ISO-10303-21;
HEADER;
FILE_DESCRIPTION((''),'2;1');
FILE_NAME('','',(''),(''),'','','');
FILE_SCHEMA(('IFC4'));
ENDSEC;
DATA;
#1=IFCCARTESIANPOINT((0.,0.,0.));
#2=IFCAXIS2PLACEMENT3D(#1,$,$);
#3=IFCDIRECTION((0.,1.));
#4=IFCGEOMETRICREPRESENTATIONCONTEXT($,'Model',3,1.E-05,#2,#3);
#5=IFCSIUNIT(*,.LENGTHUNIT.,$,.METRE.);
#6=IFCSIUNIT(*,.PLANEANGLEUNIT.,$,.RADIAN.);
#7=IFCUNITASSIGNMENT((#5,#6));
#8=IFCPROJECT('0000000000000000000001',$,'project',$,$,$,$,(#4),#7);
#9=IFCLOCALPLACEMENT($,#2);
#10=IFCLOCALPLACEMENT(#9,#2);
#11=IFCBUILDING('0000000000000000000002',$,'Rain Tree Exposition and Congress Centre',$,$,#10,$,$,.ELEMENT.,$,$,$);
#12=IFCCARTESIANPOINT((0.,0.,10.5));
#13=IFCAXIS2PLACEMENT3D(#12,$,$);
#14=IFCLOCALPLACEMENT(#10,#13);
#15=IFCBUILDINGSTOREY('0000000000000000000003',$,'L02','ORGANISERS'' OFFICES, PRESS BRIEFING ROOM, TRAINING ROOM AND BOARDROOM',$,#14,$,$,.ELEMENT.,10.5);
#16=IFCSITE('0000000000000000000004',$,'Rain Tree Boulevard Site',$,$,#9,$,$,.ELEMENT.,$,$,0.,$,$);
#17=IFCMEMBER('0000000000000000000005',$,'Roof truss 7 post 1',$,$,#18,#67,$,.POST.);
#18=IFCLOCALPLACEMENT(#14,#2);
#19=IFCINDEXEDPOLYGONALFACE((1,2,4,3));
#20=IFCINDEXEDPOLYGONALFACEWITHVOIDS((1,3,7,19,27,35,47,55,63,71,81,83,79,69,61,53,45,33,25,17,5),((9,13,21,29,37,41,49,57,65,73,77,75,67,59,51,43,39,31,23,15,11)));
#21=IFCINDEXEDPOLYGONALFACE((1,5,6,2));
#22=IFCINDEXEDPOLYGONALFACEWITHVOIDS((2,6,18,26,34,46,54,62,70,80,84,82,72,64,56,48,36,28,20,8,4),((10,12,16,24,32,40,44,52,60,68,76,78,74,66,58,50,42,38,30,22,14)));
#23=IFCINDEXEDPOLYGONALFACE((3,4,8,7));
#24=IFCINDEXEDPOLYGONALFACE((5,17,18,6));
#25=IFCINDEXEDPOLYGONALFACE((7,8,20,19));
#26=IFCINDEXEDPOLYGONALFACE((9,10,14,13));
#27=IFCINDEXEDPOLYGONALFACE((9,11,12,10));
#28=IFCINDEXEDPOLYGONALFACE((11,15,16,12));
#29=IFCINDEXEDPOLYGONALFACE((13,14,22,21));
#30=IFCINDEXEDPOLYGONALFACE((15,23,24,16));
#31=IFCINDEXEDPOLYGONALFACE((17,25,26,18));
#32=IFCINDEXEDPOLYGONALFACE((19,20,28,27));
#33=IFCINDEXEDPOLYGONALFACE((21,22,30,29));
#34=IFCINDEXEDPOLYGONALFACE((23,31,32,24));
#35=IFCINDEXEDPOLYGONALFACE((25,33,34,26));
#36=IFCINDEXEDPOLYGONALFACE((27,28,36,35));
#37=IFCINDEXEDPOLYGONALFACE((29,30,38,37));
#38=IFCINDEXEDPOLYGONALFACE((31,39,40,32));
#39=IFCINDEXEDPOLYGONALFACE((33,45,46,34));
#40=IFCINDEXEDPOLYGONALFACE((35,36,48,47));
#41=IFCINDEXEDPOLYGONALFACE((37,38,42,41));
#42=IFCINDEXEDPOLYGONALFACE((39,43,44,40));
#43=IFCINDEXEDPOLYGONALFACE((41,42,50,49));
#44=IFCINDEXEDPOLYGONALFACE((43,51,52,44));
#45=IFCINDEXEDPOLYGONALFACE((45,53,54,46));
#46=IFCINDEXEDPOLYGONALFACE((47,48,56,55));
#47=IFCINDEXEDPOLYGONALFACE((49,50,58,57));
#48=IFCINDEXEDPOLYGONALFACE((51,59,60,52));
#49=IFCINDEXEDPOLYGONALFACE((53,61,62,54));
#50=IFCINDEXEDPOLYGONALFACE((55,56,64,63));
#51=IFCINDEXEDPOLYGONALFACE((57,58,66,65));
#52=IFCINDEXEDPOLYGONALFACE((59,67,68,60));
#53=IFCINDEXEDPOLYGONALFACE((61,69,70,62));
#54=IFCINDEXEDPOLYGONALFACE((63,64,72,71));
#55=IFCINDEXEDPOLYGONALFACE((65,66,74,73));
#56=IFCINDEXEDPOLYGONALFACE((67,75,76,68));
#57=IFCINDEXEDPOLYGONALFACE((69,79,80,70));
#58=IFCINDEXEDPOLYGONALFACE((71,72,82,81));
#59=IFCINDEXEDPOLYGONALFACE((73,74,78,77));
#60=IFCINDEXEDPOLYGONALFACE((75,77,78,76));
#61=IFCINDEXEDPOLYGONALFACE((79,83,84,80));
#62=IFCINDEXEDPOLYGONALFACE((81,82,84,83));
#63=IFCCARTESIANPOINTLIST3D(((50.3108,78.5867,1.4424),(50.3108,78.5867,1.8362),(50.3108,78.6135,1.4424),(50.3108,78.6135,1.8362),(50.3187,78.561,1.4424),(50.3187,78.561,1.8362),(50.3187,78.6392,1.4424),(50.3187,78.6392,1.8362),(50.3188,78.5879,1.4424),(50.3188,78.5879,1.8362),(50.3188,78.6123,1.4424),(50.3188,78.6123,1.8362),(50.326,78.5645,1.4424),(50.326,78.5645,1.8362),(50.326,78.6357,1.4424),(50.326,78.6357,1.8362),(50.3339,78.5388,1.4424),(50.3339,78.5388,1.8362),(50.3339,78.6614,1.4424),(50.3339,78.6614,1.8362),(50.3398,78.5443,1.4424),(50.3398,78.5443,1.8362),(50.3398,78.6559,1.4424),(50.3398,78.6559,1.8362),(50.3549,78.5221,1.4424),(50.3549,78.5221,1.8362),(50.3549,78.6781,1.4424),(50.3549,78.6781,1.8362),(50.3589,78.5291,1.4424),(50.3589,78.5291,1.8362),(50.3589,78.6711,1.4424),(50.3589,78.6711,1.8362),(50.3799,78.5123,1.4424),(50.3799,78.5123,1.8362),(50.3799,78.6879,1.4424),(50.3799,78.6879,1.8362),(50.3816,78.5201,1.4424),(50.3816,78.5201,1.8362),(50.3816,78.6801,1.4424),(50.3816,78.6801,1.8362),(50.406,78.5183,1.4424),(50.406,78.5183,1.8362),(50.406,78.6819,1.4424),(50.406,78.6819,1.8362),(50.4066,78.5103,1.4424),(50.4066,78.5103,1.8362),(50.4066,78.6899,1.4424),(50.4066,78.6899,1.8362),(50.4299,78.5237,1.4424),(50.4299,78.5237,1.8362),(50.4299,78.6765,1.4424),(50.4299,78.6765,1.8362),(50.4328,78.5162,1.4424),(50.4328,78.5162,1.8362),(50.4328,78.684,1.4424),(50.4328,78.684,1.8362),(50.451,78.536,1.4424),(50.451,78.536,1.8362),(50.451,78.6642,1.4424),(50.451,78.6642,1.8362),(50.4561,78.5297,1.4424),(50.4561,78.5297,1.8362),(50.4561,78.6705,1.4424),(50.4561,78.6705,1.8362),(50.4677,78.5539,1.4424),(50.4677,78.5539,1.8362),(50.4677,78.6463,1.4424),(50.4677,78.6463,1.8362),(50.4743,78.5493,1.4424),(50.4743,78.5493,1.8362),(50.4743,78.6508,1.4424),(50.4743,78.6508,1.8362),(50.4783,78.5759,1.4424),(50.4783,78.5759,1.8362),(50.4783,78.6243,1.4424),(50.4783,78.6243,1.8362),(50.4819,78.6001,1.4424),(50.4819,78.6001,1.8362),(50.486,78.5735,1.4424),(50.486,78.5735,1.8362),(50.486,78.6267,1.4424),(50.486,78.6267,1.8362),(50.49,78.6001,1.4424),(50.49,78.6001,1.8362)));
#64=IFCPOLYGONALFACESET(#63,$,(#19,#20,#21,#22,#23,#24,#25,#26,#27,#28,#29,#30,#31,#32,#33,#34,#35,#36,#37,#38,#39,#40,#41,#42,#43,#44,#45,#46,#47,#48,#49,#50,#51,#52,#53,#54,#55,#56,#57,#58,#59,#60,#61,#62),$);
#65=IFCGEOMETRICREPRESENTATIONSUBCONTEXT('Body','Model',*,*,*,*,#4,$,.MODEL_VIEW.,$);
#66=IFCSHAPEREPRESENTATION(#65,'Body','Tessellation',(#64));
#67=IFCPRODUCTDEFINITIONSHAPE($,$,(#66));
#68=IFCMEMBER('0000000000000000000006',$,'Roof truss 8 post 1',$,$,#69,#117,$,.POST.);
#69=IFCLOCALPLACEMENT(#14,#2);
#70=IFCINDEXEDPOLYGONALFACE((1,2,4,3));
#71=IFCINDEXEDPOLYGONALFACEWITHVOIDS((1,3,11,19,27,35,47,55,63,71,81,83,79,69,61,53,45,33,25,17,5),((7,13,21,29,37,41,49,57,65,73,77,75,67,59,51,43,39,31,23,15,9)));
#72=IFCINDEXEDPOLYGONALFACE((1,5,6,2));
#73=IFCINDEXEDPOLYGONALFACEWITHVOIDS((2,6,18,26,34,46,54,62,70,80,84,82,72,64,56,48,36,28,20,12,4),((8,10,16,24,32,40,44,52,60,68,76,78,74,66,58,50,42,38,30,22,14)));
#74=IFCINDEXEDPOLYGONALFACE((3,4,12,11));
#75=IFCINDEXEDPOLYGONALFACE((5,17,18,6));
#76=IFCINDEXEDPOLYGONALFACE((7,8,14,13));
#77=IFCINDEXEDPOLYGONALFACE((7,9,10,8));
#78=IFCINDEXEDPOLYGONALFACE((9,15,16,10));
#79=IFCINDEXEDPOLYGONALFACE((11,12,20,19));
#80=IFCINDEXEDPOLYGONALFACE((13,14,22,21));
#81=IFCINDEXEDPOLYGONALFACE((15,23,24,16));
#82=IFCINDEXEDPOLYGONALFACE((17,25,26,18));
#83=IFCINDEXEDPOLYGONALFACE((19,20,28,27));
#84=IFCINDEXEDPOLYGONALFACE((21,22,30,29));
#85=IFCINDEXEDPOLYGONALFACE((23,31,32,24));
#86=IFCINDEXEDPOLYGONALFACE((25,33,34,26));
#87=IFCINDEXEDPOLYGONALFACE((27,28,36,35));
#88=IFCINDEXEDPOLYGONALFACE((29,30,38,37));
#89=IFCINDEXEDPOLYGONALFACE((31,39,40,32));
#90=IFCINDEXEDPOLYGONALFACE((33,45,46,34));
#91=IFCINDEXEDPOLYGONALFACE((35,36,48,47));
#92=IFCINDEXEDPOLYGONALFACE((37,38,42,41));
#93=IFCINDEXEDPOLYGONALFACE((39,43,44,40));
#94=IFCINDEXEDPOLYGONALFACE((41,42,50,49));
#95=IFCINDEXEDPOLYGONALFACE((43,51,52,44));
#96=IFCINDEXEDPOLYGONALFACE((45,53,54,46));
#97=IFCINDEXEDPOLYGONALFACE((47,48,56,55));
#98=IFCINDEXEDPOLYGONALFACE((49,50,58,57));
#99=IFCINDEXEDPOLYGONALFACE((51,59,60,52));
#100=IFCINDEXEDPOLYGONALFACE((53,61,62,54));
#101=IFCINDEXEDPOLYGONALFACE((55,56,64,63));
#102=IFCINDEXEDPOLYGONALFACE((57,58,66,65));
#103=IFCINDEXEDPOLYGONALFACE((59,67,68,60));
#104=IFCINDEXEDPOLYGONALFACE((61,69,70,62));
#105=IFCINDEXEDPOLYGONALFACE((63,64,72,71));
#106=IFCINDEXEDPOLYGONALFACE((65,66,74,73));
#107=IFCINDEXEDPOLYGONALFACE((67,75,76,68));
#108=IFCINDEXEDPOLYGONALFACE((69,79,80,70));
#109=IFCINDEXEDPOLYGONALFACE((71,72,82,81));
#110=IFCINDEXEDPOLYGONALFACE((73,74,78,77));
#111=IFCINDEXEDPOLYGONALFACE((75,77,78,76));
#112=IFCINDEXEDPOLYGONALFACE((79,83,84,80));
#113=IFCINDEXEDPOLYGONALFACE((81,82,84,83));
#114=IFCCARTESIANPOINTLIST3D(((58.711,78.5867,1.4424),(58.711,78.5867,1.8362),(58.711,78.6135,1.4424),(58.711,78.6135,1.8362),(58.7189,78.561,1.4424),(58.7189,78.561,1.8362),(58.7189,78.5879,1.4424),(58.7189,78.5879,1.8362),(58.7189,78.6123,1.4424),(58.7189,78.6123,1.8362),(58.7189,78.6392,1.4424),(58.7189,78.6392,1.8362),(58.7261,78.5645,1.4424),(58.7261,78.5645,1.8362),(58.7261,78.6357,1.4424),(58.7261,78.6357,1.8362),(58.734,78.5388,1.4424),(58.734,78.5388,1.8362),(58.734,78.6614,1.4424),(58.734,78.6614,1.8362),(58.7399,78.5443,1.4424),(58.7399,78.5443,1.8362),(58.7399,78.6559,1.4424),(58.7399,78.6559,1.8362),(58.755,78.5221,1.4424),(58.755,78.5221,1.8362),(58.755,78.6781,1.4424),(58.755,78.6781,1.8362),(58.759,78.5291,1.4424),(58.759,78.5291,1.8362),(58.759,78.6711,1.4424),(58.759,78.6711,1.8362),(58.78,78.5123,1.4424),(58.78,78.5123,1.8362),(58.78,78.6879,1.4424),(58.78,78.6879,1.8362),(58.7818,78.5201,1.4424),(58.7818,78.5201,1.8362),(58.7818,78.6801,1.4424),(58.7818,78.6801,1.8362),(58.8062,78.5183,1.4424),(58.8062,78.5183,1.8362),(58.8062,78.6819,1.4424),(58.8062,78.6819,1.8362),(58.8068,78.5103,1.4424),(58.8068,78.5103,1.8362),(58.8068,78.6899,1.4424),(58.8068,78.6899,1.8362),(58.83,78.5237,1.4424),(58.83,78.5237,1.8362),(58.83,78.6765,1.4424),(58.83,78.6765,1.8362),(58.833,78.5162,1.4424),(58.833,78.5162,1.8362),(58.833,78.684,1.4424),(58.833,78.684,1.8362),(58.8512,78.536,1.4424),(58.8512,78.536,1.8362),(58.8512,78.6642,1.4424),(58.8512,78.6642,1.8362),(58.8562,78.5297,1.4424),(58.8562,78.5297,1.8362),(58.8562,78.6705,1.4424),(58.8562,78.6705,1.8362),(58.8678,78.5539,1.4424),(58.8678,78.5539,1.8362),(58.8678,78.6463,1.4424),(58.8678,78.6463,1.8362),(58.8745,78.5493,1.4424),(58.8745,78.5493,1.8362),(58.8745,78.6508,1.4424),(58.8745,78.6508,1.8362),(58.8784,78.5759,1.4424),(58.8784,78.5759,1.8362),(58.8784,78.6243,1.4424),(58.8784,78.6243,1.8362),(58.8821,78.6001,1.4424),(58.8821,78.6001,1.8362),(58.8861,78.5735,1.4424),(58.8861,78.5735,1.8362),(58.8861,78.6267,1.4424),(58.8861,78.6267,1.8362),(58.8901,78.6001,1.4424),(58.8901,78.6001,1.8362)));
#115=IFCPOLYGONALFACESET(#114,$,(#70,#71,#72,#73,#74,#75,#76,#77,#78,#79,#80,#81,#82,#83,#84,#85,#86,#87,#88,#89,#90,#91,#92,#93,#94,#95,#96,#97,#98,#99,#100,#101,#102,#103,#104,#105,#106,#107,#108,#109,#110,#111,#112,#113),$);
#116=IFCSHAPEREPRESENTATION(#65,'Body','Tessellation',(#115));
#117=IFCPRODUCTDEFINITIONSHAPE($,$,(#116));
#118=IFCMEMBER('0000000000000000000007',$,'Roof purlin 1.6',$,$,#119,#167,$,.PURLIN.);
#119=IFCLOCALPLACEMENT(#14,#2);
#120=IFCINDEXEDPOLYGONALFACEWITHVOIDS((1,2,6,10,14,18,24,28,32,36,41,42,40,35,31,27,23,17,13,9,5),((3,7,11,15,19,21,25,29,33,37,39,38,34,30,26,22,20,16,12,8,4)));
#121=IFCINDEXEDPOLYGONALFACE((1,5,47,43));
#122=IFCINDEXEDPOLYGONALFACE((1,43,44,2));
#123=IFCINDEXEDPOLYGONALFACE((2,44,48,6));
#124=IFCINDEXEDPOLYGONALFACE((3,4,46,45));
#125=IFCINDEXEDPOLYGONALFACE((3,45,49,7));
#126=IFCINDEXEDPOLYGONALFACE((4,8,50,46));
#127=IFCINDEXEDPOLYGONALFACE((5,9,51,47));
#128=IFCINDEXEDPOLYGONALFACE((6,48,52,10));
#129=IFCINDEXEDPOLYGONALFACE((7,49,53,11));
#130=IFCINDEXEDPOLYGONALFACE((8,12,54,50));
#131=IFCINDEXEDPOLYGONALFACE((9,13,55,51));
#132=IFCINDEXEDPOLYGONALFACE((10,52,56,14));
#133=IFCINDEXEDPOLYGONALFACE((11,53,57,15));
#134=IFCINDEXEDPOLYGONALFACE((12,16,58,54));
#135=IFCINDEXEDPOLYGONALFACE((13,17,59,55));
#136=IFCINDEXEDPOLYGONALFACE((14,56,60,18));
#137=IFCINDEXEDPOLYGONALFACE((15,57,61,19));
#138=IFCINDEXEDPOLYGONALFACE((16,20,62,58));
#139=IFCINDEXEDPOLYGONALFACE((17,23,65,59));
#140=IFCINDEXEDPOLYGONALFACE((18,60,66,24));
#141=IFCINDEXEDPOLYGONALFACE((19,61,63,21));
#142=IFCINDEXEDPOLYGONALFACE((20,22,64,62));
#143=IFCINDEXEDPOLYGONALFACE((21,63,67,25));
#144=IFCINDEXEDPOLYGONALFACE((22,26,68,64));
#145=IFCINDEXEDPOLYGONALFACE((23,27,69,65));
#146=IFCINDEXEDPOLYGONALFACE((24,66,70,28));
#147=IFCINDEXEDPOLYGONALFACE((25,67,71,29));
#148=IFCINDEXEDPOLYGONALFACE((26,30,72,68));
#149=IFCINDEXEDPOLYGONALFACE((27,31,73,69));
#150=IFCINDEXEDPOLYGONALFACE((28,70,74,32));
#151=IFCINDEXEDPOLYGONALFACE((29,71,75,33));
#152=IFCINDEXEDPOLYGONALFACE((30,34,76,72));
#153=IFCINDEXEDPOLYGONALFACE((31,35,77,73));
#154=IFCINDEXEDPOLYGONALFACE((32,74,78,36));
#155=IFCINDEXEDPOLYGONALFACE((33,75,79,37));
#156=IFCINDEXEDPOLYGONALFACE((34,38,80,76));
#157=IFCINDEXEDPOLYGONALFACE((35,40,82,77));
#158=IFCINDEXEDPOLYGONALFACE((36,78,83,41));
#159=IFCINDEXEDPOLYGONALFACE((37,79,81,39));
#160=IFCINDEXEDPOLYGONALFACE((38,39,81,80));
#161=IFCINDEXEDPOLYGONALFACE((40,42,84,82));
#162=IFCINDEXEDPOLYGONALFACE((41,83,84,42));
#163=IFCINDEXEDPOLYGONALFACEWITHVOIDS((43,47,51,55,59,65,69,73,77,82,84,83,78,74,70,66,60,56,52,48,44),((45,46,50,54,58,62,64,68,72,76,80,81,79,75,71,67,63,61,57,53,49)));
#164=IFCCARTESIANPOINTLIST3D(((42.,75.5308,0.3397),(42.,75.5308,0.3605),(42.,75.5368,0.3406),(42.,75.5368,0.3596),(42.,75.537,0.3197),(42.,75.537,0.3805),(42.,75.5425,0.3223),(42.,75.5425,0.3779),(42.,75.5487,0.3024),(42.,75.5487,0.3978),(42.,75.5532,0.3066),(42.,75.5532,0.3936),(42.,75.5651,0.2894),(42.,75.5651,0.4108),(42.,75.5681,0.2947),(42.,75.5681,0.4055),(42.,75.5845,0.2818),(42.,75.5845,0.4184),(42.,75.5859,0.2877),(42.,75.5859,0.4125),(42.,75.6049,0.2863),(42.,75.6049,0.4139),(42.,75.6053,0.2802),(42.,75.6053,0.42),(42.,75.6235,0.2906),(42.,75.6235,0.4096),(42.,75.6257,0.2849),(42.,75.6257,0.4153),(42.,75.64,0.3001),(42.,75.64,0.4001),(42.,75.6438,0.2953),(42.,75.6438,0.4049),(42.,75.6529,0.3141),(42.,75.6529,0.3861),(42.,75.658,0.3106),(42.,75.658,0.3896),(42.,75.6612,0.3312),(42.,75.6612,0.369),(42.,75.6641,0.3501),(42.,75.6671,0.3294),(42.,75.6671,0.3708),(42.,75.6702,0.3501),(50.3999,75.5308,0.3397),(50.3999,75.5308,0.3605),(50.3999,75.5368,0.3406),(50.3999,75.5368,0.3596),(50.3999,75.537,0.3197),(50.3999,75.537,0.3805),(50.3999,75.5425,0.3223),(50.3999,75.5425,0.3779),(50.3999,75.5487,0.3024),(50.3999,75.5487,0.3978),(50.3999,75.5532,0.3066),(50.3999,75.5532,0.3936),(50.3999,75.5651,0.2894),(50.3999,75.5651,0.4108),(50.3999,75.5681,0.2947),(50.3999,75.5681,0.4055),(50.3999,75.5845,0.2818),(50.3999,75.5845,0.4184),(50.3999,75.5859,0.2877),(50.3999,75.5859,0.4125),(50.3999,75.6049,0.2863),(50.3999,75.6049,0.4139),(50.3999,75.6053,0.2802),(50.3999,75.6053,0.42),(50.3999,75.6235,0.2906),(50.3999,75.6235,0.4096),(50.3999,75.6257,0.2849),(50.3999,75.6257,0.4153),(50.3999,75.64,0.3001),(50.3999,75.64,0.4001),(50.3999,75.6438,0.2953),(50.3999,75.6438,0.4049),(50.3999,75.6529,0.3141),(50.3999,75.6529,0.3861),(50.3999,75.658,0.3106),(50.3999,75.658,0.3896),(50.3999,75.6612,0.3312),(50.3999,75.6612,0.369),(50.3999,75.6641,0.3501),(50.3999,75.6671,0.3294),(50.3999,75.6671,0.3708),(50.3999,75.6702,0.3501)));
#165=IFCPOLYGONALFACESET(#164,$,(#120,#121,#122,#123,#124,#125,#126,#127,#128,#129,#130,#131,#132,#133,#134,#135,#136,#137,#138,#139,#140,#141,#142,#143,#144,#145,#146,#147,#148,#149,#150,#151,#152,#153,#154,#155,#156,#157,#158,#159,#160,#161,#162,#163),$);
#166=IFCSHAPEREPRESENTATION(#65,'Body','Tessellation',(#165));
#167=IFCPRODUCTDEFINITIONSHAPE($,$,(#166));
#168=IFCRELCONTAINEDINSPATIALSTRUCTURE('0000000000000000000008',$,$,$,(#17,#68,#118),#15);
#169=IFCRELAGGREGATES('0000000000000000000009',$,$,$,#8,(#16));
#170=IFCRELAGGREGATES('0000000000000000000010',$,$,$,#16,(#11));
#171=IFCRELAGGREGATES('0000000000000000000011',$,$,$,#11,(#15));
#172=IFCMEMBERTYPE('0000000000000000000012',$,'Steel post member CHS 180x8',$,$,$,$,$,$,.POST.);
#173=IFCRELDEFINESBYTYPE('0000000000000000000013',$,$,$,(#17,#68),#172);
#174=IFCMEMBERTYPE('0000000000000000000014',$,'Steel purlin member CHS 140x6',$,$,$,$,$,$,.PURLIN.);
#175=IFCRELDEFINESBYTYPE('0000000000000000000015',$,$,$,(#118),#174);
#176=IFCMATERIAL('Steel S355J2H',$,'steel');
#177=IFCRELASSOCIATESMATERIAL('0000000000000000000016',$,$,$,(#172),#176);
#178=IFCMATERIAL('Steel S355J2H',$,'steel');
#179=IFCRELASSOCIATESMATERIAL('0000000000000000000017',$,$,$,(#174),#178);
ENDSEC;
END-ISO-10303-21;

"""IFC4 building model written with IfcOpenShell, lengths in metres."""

from ifc_helpers import new_model, si_unit, direction, frame, origin, origin_2d, place, context, subcontext, project, spatial, hollow_circle, extrude, material, material_profile, profile_set, type_object, element, save


model = new_model("IFC4")

# Units and contexts
model_context = context("Model", 3, precision=1e-05, world=origin(), true_north=direction((0.0, 1.0)))
body_context = subcontext(model_context, "Body", "Model", "MODEL_VIEW")
ifc_project = project(units=[si_unit("LENGTHUNIT", "METRE"), si_unit("PLANEANGLEUNIT", "RADIAN")], contexts=[model_context])

# Site, building, storey
site_placement = place(None, origin())
site = spatial("IfcSite", under=ifc_project, at=site_placement, Name="Rain Tree Boulevard Site", CompositionType="ELEMENT", RefElevation=0.0)
building_placement = place(site_placement, origin())
building = spatial("IfcBuilding", under=site, at=building_placement, Name="Rain Tree Exposition and Congress Centre", CompositionType="ELEMENT")
storey_placement = place(building_placement, frame((0.0, 0.0, 10.5)))
storey = spatial("IfcBuildingStorey", under=building, at=storey_placement, Name="L02", Description="ORGANISERS' OFFICES, PRESS BRIEFING ROOM, TRAINING ROOM AND BOARDROOM", CompositionType="ELEMENT", Elevation=10.5)

# Members
ifc_material_1 = material(Name="Steel S355J2H", Category="steel")
ifc_material_profile_1 = material_profile(ifc_material_1, hollow_circle(Radius=0.0901, WallThickness=0.0081, at=origin_2d()), Name="CHS 180x8")
ifc_profile_set_1 = profile_set([ifc_material_profile_1], Name="Steel S355J2H")
member_type_1 = type_object("IfcMemberType", Name="Steel post member CHS 180x8", PredefinedType="POST", material=ifc_profile_set_1)
for number, where, z_axis, x_axis, name in (
    (1, (50.3999, 78.6001, 1.4424), (0.0, 0.0, 1.0), (1.0, 0.0, 0.0), "Roof truss 7 post 1"),
    (2, (58.8, 78.6001, 1.4424), (0.0, 0.0, 1.0), (1.0, 0.0, 0.0), "Roof truss 8 post 1"),
):
    element("IfcMember", number, at=place(storey_placement, frame(where, z_axis=z_axis, x_axis=x_axis)), inside=storey, type_object=member_type_1, Name=name, PredefinedType="POST", context=body_context, shape_type="SweptSolid", body=[
        extrude(hollow_circle(Radius=0.0901, WallThickness=0.0081, at=origin_2d()), origin(), (0.0, 0.0, 1.0), 0.3938),
    ])
ifc_material_2 = material(Name="Steel S355J2H", Category="steel")
ifc_material_profile_2 = material_profile(ifc_material_2, hollow_circle(Radius=0.0701, WallThickness=0.0061, at=origin_2d()), Name="CHS 140x6")
ifc_profile_set_2 = profile_set([ifc_material_profile_2], Name="Steel S355J2H")
member_type_2 = type_object("IfcMemberType", Name="Steel purlin member CHS 140x6", PredefinedType="PURLIN", material=ifc_profile_set_2)
member_1_placement = place(storey_placement, frame((42.0, 75.6001, 0.3501), z_axis=(1.0, 0.0, 0.0), x_axis=(0.0, 1.0, 0.0)))
element("IfcMember", 3, at=member_1_placement, inside=storey, type_object=member_type_2, Name="Roof purlin 1.6", PredefinedType="PURLIN", context=body_context, shape_type="SweptSolid", body=[
    extrude(hollow_circle(Radius=0.0701, WallThickness=0.0061, at=origin_2d()), origin(), (0.0, 0.0, 1.0), 8.3999),
])

save(model, "model.ifc")
